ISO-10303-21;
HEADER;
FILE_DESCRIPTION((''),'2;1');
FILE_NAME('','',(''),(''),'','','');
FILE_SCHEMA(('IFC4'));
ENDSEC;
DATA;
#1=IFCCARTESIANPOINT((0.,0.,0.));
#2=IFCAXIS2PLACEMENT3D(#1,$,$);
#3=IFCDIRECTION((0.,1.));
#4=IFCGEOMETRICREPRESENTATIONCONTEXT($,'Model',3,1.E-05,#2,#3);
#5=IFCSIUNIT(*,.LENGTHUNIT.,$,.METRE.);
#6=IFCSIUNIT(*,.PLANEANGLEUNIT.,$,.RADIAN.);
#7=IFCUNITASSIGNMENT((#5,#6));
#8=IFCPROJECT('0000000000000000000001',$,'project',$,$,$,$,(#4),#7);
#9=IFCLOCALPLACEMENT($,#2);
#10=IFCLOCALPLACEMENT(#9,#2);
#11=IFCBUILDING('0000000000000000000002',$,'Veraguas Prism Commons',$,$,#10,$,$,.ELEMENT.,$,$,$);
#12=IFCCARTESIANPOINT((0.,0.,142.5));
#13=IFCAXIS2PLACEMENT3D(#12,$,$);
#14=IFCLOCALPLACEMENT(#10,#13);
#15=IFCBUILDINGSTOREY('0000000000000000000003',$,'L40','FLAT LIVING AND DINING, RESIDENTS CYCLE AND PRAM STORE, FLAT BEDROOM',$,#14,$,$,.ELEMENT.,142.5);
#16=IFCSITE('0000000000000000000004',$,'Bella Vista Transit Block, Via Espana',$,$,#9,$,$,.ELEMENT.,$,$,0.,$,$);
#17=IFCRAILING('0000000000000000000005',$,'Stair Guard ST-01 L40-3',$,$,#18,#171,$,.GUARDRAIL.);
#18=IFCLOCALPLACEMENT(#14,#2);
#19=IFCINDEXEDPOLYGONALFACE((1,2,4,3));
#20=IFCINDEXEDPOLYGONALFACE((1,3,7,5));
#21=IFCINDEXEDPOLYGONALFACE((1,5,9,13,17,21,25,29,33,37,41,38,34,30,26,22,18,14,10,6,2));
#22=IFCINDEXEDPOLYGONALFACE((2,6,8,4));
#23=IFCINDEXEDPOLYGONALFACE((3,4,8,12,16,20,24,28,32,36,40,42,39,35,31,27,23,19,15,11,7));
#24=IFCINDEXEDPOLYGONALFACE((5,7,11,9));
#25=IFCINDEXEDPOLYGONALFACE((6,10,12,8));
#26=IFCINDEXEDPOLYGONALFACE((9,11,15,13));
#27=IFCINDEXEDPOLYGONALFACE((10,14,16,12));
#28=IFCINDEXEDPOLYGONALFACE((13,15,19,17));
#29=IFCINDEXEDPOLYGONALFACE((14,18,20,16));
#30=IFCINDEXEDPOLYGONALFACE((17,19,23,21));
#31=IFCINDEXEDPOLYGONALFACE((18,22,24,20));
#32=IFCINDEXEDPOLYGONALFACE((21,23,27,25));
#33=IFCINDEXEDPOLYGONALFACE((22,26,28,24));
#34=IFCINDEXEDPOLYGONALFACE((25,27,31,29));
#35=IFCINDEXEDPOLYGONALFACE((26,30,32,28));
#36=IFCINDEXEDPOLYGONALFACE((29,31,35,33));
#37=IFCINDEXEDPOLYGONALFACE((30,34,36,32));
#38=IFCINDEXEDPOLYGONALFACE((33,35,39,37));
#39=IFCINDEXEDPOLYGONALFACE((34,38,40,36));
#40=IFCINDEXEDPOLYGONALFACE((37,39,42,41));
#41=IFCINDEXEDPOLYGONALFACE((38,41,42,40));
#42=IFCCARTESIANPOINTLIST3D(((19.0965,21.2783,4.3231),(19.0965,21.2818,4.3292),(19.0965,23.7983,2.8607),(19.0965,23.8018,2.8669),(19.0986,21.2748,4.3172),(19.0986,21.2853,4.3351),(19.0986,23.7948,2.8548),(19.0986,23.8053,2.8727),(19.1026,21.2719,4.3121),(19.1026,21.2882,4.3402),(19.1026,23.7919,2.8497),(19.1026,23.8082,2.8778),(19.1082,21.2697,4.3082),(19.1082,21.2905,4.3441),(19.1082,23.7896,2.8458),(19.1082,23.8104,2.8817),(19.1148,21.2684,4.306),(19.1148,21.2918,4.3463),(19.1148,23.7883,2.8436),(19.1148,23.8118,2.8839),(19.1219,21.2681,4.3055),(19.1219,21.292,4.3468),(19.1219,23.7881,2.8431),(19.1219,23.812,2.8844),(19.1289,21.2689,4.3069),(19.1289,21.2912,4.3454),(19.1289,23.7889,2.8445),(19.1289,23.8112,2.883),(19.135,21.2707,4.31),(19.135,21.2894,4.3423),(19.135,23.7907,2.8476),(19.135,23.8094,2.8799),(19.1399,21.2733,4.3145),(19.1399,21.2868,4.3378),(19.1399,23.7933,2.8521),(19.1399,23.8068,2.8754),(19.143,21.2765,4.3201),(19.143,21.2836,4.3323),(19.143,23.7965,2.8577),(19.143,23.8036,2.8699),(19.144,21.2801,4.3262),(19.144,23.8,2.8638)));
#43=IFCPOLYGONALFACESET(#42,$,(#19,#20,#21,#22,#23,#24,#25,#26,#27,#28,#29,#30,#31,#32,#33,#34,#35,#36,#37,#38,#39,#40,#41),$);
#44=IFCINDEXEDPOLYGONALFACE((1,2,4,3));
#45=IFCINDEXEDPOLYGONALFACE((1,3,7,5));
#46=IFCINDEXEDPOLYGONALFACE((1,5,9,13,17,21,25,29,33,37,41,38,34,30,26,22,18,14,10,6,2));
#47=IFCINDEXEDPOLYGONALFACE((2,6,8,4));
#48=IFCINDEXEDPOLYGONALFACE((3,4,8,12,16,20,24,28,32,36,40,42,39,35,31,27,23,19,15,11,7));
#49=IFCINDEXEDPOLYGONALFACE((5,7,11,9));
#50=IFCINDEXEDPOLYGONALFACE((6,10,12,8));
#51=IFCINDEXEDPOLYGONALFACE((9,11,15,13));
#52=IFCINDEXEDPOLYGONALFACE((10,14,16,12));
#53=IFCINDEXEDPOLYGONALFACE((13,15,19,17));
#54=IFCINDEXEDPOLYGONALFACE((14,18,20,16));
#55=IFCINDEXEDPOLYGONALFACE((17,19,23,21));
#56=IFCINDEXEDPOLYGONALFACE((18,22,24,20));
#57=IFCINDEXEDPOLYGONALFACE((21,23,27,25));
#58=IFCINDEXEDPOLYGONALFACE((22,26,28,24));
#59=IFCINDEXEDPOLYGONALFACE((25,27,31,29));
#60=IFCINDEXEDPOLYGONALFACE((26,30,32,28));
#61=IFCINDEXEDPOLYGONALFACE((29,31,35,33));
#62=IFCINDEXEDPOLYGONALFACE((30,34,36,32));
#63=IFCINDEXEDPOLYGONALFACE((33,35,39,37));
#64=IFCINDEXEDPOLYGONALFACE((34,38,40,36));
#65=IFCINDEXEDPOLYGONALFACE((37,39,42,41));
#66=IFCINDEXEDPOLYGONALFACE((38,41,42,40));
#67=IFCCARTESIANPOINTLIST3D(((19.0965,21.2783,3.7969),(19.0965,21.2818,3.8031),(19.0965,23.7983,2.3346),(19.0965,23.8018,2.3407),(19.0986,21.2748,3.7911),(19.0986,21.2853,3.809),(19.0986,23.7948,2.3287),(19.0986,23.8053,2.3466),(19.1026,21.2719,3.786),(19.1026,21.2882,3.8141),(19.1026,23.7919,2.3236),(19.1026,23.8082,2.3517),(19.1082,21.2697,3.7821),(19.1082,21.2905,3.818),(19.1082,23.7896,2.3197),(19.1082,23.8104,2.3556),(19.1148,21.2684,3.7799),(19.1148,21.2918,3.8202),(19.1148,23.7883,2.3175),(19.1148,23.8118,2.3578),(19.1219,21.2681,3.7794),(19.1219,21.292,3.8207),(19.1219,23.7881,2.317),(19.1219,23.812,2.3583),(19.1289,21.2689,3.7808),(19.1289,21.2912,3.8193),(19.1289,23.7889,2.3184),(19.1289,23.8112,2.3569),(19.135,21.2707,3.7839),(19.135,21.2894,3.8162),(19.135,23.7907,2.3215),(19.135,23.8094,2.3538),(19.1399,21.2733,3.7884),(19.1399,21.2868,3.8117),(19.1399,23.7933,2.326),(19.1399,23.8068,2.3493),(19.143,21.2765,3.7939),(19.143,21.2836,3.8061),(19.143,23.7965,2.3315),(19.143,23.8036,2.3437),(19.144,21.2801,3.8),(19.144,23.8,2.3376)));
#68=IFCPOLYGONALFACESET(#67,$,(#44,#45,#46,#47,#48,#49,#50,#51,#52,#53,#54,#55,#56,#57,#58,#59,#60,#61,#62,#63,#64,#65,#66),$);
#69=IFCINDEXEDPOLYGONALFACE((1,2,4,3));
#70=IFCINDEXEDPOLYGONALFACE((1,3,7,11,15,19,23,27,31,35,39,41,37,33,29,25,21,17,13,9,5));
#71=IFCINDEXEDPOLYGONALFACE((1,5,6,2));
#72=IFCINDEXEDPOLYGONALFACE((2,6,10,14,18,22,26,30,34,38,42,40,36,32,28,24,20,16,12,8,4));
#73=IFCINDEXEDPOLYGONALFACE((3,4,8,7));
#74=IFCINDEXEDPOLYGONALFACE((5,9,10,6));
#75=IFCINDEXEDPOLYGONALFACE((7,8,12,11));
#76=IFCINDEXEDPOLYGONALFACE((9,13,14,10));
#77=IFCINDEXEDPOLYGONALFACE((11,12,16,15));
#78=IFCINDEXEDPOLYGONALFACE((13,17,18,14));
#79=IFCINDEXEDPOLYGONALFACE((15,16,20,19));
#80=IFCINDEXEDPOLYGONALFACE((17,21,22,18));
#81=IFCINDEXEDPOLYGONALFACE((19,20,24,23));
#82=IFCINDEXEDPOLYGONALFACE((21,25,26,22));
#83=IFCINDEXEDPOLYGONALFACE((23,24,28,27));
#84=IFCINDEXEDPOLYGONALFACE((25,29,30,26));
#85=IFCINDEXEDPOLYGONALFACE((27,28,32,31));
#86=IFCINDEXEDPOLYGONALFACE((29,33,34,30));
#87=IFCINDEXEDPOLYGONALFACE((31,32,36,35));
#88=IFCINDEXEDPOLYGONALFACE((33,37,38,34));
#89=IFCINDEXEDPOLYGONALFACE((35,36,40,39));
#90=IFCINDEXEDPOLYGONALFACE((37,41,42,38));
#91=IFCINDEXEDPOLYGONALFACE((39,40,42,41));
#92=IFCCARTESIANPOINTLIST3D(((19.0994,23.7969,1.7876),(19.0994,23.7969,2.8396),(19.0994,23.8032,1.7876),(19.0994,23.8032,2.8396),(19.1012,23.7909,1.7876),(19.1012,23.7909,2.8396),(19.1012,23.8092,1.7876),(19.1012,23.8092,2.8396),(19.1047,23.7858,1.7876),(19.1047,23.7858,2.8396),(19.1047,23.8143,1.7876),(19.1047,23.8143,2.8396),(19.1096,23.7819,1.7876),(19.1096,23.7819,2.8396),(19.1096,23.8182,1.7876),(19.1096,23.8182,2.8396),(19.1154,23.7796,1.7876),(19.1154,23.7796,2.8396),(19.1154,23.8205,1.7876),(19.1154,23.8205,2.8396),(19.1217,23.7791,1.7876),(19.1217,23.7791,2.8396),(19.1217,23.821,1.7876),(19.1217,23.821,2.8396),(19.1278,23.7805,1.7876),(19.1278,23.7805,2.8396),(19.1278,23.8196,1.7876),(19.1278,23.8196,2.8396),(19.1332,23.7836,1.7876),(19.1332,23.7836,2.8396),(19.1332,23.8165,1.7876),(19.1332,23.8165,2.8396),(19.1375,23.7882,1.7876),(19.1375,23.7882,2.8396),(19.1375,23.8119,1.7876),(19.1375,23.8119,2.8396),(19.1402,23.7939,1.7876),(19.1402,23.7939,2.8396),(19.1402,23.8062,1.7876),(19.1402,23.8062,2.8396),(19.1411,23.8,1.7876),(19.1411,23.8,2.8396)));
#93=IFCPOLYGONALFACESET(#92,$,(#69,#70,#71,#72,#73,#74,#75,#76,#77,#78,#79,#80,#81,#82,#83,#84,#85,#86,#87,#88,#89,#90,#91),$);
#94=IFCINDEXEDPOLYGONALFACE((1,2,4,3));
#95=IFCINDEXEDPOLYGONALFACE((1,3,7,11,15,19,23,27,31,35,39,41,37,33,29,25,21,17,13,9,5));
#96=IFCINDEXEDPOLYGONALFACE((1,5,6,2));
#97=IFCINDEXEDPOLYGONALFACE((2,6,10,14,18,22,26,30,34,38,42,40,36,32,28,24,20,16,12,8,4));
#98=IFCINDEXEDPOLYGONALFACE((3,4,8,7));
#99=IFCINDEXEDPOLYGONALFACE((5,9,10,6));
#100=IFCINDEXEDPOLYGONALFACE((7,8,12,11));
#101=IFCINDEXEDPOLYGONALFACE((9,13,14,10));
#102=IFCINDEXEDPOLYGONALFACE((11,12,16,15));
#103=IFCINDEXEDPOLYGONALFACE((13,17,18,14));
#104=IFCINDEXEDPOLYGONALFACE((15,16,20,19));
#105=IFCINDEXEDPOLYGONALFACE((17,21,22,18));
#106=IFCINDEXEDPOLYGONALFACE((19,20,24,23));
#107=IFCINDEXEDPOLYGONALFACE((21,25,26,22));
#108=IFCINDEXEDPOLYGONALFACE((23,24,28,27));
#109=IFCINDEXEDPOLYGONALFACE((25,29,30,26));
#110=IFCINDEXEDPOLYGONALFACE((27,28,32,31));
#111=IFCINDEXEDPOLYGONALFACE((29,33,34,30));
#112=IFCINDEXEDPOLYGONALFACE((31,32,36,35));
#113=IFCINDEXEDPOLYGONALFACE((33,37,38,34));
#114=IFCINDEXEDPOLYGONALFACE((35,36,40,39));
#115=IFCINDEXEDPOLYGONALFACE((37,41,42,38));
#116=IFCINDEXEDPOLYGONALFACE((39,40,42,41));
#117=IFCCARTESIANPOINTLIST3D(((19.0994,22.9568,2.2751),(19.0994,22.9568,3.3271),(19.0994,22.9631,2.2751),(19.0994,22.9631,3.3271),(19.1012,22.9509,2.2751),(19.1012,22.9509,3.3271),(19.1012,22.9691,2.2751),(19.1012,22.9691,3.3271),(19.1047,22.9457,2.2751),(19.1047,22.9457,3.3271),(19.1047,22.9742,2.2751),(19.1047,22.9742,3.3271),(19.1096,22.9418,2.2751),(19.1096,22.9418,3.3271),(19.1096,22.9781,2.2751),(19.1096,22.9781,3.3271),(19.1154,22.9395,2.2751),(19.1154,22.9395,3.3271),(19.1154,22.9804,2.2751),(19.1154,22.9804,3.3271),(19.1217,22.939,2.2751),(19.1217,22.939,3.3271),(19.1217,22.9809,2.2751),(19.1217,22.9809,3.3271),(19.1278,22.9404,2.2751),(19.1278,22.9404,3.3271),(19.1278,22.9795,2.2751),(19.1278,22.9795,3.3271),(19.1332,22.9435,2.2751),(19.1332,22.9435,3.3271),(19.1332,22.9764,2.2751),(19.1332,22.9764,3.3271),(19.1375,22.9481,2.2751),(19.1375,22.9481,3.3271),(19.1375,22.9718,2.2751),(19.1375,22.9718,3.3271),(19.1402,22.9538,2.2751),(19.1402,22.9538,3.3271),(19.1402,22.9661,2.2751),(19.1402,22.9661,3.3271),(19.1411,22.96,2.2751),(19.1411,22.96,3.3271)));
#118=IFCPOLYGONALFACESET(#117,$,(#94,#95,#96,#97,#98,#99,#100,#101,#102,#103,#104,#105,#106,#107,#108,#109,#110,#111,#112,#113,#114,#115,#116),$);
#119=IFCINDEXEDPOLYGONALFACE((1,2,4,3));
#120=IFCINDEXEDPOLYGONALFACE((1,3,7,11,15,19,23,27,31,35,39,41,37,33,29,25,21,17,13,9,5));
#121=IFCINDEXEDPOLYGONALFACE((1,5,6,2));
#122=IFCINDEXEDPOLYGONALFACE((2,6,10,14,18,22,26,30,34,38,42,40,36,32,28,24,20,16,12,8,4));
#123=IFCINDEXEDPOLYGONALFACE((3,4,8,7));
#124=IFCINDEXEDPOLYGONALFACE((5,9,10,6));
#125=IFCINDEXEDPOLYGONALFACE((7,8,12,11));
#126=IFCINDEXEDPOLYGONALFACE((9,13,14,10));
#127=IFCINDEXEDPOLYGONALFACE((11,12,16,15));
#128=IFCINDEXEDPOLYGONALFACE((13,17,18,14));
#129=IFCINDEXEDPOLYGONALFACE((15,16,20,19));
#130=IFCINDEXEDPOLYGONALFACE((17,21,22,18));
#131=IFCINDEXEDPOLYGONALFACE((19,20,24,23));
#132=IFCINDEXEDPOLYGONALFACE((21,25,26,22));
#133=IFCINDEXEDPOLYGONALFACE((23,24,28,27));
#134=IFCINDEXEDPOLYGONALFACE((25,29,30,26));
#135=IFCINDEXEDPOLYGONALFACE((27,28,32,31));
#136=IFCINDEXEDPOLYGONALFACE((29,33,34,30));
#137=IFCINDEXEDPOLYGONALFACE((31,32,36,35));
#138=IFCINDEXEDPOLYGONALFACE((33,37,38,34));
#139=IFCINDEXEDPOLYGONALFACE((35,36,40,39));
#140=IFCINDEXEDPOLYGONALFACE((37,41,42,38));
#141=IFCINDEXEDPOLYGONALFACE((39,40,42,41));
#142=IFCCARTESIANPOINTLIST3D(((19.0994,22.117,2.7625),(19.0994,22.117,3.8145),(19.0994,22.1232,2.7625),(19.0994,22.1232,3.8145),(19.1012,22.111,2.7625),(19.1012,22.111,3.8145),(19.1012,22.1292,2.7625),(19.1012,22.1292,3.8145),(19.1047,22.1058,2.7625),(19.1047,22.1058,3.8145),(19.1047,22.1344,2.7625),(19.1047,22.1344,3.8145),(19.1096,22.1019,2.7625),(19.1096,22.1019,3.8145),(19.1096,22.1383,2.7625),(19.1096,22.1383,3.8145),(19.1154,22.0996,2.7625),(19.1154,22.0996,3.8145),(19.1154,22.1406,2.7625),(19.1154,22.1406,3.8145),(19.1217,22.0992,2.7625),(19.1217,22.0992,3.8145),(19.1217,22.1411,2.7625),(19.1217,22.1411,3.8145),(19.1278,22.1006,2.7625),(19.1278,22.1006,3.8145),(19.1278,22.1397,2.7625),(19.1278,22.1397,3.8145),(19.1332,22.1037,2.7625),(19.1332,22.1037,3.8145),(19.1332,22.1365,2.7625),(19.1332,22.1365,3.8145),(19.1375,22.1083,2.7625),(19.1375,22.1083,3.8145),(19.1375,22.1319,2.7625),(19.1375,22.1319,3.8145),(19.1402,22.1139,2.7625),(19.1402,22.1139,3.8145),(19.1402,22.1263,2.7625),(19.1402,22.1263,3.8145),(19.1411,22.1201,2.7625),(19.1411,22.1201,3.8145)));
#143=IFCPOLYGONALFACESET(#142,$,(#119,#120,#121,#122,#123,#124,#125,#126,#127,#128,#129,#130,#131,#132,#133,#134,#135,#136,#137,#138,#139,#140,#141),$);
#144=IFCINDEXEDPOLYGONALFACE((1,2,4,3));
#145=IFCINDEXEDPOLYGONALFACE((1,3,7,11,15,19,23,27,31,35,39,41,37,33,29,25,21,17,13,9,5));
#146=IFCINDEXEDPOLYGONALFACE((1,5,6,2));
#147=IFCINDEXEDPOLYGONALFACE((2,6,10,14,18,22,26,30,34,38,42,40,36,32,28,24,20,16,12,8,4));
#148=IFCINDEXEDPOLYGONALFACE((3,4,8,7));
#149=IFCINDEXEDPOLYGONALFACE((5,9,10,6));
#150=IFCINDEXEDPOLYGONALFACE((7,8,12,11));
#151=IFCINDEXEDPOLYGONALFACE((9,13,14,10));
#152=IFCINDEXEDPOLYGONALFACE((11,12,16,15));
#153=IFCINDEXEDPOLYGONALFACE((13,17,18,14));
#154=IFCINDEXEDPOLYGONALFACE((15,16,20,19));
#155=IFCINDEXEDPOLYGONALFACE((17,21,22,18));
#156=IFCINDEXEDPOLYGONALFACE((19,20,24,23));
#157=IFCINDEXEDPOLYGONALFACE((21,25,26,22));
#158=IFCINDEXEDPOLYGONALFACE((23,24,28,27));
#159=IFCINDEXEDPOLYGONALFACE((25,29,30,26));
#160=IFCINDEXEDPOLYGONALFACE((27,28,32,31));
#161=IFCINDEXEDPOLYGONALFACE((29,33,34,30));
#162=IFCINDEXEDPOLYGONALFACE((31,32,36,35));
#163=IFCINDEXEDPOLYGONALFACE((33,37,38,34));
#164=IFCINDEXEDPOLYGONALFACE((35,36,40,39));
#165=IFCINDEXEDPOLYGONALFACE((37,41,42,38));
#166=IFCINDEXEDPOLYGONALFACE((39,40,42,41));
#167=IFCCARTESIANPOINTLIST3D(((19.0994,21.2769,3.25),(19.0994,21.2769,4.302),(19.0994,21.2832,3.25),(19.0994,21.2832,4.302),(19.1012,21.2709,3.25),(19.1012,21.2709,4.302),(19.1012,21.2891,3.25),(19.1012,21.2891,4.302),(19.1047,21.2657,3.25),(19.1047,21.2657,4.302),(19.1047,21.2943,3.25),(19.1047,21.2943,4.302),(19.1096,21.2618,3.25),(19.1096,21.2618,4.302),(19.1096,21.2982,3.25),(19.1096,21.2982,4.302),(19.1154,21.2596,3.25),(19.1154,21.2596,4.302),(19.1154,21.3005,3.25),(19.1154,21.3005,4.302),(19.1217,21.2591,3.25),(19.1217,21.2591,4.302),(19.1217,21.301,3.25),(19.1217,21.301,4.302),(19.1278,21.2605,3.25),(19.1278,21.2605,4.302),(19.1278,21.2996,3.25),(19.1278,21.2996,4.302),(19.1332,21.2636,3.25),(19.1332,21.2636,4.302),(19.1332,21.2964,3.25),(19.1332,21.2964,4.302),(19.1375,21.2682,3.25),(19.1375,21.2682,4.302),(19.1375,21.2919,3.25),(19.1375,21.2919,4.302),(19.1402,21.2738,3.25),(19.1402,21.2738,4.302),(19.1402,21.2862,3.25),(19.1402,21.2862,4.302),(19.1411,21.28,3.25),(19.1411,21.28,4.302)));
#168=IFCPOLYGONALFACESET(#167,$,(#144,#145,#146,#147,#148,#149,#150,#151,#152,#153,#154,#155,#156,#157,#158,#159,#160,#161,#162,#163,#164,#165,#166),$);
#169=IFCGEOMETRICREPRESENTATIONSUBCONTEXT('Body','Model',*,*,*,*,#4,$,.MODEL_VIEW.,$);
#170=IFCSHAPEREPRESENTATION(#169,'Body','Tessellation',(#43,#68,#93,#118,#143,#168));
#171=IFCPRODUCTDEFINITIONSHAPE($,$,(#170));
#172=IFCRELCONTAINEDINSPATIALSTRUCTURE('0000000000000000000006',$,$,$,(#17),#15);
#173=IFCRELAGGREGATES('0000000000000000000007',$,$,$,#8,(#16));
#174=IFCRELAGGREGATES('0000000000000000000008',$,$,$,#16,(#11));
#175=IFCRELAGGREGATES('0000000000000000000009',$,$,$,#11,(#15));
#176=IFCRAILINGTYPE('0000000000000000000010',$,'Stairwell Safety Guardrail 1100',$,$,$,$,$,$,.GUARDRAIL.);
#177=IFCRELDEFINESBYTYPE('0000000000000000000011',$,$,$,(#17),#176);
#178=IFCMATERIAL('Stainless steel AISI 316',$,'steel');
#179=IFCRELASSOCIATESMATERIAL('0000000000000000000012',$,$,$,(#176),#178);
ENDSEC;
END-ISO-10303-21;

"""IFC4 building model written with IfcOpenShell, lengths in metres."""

from ifc_helpers import new_model, si_unit, direction, frame, origin, origin_2d, place, context, subcontext, project, spatial, circle, extrude, material, type_object, element, save


model = new_model("IFC4")

# Units and contexts
model_context = context("Model", 3, precision=1e-05, world=origin(), true_north=direction((0.0, 1.0)))
body_context = subcontext(model_context, "Body", "Model", "MODEL_VIEW")
ifc_project = project(units=[si_unit("LENGTHUNIT", "METRE"), si_unit("PLANEANGLEUNIT", "RADIAN")], contexts=[model_context])

# Site, building, storey
site_placement = place(None, origin())
site = spatial("IfcSite", under=ifc_project, at=site_placement, Name="Bella Vista Transit Block, Via Espana", CompositionType="ELEMENT", RefElevation=0.0)
building_placement = place(site_placement, origin())
building = spatial("IfcBuilding", under=site, at=building_placement, Name="Veraguas Prism Commons", CompositionType="ELEMENT")
storey_placement = place(building_placement, frame((0.0, 0.0, 142.5)))
storey = spatial("IfcBuildingStorey", under=building, at=storey_placement, Name="L40", Description="FLAT LIVING AND DINING, RESIDENTS CYCLE AND PRAM STORE, FLAT BEDROOM", CompositionType="ELEMENT", Elevation=142.5)

# Railing
ifc_material_1 = material(Name="Stainless steel AISI 316", Category="steel")
railing_type_1 = type_object("IfcRailingType", Name="Stairwell Safety Guardrail 1100", PredefinedType="GUARDRAIL", material=ifc_material_1)
railing_1_placement = place(storey_placement, frame((19.1201, 23.8, 1.7876)))
element("IfcRailing", 1, at=railing_1_placement, inside=storey, type_object=railing_type_1, Name="Stair Guard ST-01 L40-3", PredefinedType="GUARDRAIL", context=body_context, shape_type="SweptSolid", body=[
    extrude(circle(Radius=0.0239, at=origin_2d()), frame((0.0, 0.0, 1.0762), z_axis=(0.0, -0.864913, 0.501921), x_axis=(1.0, 0.0, 0.0)), (0.0, 0.0, 1.0), 2.9136),
    extrude(circle(Radius=0.0239, at=origin_2d()), frame((0.0, 0.0, 0.55), z_axis=(0.0, -0.864913, 0.501921), x_axis=(1.0, 0.0, 0.0)), (0.0, 0.0, 1.0), 2.9136),
    extrude(circle(Radius=0.021, at=origin_2d()), origin(), (0.0, 0.0, 1.0), 1.052),
    extrude(circle(Radius=0.021, at=origin_2d()), frame((0.0, -0.8401, 0.4875)), (0.0, 0.0, 1.0), 1.052),
    extrude(circle(Radius=0.021, at=origin_2d()), frame((0.0, -1.6799, 0.9749)), (0.0, 0.0, 1.0), 1.052),
    extrude(circle(Radius=0.021, at=origin_2d()), frame((0.0, -2.52, 1.4624)), (0.0, 0.0, 1.0), 1.052),
])

save(model, "model.ifc")
